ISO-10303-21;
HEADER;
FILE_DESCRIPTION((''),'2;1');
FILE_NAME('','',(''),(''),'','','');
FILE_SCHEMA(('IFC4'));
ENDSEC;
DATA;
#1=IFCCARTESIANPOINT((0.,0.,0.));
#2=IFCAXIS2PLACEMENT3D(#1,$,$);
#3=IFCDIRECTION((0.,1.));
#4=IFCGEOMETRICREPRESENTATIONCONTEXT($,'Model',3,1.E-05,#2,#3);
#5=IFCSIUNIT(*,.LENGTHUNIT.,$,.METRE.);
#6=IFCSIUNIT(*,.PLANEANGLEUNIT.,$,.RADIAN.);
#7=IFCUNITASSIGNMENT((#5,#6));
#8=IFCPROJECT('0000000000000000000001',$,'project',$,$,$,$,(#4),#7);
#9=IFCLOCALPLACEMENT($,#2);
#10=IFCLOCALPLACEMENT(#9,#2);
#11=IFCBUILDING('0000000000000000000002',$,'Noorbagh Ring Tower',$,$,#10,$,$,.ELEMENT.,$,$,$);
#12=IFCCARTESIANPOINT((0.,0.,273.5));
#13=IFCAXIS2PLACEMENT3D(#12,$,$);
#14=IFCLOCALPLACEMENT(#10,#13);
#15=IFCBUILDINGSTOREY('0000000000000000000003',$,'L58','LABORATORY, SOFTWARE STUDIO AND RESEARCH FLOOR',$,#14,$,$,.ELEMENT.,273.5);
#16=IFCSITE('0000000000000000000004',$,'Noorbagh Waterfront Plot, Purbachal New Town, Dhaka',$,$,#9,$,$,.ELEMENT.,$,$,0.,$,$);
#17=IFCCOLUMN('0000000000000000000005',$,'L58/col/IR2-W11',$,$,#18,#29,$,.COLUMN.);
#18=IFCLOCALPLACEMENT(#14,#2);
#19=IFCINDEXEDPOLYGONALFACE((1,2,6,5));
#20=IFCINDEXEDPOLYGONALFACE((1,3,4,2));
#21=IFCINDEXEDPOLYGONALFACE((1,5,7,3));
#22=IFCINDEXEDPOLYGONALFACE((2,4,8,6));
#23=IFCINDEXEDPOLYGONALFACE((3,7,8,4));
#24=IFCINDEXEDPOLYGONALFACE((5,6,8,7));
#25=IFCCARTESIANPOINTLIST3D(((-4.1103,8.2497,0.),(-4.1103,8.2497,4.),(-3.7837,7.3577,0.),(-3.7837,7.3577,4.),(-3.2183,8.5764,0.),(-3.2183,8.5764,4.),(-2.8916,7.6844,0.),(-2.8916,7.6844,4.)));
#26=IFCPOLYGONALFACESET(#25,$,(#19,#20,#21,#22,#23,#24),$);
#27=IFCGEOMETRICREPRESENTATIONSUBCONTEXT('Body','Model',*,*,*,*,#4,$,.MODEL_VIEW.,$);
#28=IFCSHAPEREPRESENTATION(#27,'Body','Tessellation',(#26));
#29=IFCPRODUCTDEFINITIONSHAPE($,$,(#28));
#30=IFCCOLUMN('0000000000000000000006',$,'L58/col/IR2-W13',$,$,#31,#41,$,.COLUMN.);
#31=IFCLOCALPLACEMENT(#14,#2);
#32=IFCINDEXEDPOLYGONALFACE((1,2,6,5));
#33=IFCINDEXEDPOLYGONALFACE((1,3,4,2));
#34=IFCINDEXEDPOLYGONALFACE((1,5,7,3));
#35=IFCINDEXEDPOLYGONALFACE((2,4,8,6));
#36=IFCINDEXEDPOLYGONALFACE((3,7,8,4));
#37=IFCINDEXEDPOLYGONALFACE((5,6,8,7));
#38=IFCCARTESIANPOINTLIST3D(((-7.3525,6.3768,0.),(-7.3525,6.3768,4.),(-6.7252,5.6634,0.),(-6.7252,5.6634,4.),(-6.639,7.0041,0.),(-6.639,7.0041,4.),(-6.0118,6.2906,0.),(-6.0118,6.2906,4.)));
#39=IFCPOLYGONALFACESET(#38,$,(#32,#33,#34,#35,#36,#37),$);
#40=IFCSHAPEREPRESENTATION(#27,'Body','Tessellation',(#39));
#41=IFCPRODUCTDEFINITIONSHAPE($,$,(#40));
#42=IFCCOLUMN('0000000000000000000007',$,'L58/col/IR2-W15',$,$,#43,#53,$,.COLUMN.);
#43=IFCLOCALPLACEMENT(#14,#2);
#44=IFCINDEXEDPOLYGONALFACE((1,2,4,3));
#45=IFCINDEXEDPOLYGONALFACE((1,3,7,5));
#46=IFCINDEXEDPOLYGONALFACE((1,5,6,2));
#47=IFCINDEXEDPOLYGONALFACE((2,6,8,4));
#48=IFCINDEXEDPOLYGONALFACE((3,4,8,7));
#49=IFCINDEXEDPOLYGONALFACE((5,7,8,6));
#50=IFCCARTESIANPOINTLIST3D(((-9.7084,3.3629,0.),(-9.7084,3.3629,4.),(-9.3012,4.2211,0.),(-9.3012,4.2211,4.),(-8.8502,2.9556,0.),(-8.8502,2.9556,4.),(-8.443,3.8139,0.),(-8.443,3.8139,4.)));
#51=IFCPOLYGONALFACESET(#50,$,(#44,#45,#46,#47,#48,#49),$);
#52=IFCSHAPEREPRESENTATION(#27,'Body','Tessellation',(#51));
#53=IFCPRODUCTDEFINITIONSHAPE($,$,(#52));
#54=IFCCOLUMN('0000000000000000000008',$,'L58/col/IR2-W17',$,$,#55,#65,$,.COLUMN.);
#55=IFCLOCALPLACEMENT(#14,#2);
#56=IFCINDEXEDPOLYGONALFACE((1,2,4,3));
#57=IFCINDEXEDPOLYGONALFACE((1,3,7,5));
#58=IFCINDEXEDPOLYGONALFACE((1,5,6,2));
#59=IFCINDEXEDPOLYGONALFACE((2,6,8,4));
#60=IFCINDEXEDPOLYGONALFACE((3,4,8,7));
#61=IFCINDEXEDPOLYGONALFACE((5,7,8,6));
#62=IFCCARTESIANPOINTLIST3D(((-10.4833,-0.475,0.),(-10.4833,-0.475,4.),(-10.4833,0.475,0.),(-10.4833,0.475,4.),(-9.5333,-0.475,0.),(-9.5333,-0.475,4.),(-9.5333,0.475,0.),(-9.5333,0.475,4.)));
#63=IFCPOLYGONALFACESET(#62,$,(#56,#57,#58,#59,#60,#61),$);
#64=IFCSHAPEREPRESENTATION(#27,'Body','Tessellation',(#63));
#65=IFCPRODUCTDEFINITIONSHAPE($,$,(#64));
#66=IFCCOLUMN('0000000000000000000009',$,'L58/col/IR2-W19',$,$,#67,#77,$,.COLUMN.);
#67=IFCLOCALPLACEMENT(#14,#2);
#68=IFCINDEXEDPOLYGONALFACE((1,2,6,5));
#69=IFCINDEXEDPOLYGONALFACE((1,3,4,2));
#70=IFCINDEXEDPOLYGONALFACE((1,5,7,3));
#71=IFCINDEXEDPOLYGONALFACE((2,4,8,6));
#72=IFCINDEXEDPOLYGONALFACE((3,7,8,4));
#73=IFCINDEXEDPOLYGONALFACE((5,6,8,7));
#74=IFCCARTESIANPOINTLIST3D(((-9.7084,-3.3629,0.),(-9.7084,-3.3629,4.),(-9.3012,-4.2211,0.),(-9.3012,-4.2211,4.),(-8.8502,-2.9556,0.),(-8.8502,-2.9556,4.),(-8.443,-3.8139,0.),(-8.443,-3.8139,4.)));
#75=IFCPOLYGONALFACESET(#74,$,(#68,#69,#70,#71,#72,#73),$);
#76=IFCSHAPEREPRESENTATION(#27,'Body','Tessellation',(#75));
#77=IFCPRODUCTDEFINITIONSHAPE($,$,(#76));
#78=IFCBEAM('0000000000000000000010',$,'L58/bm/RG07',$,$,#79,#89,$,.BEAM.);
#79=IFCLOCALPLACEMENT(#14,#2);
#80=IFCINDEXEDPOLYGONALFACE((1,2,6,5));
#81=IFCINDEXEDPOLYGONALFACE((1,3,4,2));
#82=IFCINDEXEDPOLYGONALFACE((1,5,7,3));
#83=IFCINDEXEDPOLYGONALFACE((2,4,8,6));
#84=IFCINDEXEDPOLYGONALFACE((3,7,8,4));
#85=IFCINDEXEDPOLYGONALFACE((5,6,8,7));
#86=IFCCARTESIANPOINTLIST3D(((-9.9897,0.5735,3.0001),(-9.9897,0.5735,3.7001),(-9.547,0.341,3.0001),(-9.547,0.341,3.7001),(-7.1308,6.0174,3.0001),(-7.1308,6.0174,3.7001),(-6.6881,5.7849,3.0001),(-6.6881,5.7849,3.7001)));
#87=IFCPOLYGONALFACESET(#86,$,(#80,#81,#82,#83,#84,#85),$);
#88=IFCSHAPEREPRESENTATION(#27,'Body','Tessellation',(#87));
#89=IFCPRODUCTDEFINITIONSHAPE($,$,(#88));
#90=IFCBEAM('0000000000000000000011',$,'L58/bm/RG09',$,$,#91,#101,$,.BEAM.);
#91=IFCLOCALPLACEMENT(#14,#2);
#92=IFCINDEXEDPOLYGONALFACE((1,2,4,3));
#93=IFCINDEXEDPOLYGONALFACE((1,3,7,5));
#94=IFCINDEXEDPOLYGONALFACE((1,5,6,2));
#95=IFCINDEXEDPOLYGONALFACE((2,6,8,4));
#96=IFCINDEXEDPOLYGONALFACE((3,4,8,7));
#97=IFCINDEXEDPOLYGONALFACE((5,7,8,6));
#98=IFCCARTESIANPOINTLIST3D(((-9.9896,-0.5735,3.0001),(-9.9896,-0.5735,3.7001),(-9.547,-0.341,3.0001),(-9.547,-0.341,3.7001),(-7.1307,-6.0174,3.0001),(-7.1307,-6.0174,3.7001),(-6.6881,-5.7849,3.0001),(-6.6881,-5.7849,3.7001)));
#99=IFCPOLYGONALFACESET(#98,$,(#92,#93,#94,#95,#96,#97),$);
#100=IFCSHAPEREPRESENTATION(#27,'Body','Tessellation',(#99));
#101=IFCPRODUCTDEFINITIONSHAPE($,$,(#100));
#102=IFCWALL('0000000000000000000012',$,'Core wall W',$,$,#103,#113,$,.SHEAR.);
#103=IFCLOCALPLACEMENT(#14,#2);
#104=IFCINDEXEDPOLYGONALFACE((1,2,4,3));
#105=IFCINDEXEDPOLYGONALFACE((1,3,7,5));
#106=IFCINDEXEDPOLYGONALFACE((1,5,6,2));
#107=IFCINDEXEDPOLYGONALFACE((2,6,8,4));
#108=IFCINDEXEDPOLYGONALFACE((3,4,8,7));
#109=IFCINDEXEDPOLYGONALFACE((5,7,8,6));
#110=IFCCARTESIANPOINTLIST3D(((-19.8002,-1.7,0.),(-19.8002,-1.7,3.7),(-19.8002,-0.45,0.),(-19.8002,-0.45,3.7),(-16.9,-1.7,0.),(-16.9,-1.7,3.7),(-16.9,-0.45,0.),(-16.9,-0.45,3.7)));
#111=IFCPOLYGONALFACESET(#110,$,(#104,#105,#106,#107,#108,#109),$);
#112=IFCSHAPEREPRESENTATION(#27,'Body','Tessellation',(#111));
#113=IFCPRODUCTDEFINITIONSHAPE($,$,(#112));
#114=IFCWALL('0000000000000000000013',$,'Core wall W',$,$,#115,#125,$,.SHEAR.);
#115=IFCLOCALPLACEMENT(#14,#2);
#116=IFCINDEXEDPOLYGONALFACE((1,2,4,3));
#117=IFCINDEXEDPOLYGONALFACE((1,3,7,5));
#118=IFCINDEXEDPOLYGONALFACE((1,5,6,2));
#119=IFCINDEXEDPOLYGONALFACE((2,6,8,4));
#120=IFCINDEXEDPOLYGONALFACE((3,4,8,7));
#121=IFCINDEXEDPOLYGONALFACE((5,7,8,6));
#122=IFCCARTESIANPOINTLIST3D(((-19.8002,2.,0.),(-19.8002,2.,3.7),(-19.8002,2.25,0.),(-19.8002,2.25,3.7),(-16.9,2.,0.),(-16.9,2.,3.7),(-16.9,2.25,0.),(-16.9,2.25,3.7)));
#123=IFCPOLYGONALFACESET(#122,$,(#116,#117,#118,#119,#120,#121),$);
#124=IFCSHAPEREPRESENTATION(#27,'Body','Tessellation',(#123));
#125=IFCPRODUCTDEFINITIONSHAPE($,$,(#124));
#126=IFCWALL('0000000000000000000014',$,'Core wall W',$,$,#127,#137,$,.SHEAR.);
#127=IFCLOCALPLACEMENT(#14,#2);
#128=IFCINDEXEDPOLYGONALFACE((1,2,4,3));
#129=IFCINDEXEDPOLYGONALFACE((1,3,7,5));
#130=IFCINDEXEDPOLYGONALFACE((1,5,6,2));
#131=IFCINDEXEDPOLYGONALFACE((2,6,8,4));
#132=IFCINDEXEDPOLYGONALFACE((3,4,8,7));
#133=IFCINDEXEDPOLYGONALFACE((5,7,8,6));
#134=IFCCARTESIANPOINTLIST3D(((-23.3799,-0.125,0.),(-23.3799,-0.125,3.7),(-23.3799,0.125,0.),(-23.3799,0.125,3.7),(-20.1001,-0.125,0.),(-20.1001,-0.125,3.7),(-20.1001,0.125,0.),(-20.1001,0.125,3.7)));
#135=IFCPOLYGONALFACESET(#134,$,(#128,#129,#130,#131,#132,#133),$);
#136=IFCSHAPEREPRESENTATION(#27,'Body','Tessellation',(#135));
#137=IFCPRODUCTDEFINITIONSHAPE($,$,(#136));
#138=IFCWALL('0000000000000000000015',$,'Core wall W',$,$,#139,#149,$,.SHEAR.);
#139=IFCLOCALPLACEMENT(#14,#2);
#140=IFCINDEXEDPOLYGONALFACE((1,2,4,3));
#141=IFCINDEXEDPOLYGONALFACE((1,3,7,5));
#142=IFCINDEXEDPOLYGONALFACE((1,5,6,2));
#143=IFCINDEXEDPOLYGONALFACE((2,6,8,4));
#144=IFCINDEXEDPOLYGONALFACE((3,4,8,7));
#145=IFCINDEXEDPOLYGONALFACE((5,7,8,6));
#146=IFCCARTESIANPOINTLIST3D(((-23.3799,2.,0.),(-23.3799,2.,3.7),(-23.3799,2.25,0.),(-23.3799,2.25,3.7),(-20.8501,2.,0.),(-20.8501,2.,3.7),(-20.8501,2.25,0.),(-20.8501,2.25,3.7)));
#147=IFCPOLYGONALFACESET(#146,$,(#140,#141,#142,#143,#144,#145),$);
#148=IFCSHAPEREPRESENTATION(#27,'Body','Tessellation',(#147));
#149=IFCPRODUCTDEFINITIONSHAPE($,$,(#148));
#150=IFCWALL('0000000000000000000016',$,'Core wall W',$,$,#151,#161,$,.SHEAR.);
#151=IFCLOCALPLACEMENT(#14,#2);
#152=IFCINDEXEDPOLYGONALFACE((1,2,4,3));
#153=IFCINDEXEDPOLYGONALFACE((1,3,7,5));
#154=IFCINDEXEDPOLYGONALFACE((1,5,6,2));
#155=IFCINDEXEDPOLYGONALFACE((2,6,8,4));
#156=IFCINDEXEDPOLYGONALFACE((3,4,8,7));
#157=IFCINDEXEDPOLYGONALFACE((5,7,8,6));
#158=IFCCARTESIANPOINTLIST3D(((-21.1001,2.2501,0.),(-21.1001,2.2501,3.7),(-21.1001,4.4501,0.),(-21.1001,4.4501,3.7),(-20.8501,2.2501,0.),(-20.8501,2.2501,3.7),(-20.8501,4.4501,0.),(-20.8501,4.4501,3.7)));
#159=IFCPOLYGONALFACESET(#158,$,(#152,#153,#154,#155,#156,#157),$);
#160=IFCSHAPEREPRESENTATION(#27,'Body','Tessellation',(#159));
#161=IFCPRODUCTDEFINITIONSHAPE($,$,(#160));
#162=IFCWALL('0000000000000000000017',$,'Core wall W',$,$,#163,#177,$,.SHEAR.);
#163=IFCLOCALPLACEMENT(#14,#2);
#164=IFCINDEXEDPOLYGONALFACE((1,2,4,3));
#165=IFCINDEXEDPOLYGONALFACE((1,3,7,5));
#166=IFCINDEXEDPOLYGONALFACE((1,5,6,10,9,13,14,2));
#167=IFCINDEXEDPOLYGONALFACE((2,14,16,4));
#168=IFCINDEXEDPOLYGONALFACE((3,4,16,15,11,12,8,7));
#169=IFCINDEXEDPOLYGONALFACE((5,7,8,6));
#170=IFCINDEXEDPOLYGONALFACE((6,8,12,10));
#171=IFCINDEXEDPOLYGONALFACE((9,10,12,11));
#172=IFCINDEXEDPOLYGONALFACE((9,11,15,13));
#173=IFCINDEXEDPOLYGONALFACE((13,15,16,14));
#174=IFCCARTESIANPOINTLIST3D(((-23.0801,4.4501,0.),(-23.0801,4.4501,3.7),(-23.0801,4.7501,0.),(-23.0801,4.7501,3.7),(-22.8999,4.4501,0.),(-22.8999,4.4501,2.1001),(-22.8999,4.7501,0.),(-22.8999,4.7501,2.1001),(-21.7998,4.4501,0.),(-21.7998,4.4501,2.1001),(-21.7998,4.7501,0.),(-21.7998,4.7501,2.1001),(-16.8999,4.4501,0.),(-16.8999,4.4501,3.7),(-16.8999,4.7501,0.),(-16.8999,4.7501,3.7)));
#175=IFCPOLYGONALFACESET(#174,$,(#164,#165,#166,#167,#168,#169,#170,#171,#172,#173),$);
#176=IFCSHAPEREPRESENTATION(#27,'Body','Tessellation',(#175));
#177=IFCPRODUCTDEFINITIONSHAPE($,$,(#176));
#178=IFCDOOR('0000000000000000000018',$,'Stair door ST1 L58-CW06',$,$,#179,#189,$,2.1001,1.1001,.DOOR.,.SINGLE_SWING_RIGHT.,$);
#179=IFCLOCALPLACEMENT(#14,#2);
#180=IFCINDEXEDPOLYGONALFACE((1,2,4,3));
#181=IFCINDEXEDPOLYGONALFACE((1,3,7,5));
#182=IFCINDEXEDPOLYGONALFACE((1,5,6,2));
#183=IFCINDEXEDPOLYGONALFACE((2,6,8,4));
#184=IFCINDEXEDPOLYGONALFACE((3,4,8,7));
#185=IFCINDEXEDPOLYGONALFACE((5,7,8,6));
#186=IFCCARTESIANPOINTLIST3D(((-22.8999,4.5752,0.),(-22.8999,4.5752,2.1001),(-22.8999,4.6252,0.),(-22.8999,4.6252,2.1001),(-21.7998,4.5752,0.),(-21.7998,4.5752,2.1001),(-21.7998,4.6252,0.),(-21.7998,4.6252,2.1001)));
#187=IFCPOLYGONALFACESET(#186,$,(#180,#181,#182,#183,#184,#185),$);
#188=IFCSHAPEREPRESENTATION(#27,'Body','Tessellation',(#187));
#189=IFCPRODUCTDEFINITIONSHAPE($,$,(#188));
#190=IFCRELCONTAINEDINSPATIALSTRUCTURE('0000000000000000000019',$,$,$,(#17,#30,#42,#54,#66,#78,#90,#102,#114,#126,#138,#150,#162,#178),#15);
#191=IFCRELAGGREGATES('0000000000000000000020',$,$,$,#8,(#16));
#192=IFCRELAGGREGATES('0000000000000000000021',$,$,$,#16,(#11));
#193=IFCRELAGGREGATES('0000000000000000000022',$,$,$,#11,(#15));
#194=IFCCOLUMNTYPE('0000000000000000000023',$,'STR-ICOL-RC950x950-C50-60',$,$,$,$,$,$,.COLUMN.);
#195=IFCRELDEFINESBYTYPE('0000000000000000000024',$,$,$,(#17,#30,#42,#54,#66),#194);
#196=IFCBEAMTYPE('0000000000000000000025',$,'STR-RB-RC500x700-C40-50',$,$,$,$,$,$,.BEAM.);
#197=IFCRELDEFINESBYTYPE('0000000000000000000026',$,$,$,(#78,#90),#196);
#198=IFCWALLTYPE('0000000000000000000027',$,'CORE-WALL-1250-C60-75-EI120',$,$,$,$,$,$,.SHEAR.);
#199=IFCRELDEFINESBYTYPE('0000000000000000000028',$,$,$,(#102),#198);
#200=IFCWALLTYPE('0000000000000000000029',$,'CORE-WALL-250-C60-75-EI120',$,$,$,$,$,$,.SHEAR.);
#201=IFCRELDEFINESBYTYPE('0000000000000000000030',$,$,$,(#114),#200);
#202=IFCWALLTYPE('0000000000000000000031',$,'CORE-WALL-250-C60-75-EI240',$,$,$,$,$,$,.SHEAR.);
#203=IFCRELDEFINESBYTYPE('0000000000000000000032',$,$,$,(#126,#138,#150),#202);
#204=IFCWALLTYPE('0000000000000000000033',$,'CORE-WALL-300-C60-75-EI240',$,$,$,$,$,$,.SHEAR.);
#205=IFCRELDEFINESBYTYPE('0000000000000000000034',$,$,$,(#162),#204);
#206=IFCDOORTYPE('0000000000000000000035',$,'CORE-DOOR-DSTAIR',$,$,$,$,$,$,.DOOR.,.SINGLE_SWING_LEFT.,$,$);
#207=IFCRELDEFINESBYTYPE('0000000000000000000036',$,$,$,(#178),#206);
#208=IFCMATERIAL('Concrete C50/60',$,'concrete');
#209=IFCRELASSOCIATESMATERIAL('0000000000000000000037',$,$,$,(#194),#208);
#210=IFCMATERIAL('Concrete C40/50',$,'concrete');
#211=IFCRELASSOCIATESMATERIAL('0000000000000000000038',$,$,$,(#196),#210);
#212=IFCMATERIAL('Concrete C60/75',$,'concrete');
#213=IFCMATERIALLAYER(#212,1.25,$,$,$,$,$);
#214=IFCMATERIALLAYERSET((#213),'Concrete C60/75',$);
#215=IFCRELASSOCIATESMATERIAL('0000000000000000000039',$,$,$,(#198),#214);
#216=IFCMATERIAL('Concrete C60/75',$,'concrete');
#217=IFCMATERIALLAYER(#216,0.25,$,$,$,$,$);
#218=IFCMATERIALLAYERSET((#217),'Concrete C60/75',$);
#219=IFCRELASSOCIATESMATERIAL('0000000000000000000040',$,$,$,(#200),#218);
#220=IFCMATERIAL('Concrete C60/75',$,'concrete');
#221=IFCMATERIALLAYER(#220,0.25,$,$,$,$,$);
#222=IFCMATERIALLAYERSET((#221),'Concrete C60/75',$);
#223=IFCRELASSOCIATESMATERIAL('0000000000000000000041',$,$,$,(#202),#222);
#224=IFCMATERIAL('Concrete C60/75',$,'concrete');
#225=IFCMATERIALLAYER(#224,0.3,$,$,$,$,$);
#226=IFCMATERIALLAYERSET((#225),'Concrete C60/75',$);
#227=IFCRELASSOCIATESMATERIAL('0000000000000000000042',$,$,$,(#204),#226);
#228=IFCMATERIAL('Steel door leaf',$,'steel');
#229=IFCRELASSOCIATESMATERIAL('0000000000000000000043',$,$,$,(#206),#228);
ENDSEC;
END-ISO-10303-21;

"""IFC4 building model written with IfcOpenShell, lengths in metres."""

from ifc_helpers import new_model, si_unit, direction, frame, frame_2d, origin, origin_2d, place, context, subcontext, project, spatial, rectangle, extrude, material, layer, layer_set, material_profile, profile_set, type_object, element, fill, save


model = new_model("IFC4")

# Units and contexts
model_context = context("Model", 3, precision=1e-05, world=origin(), true_north=direction((0.0, 1.0)))
body_context = subcontext(model_context, "Body", "Model", "MODEL_VIEW")
ifc_project = project(units=[si_unit("LENGTHUNIT", "METRE"), si_unit("PLANEANGLEUNIT", "RADIAN")], contexts=[model_context])

# Site, building, storey
site_placement = place(None, origin())
site = spatial("IfcSite", under=ifc_project, at=site_placement, Name="Noorbagh Waterfront Plot, Purbachal New Town, Dhaka", CompositionType="ELEMENT", RefElevation=0.0)
building_placement = place(site_placement, origin())
building = spatial("IfcBuilding", under=site, at=building_placement, Name="Noorbagh Ring Tower", CompositionType="ELEMENT")
storey_placement = place(building_placement, frame((0.0, 0.0, 273.5)))
storey = spatial("IfcBuildingStorey", under=building, at=storey_placement, Name="L58", Description="LABORATORY, SOFTWARE STUDIO AND RESEARCH FLOOR", CompositionType="ELEMENT", Elevation=273.5)

# Columns
ifc_material_1 = material(Name="Concrete C50/60", Category="concrete")
ifc_material_profile_1 = material_profile(ifc_material_1, rectangle(XDim=0.95, YDim=0.95, at=origin_2d()), Name="RC950x950")
ifc_profile_set_1 = profile_set([ifc_material_profile_1], Name="Concrete C50/60")
column_type = type_object("IfcColumnType", Name="STR-ICOL-RC950x950-C50-60", PredefinedType="COLUMN", material=ifc_profile_set_1)
for number, where, z_axis, x_axis, name in (
    (1, (-3.501, 7.967, 0.0), (0.0, 0.0, 1.0), (-0.93902, -0.343864, 0.0), "L58/col/IR2-W11"),
    (2, (-6.6821, 6.3337, 0.0), (0.0, 0.0, 1.0), (-0.751022, -0.660277, 0.0), "L58/col/IR2-W13"),
    (3, (-9.0757, 3.5884, 0.0), (0.0, 0.0, 1.0), (-0.428667, -0.903463, 0.0), "L58/col/IR2-W15"),
    (4, (-10.0083, 0.0, 0.0), (0.0, 0.0, 1.0), (0.0, -1.0, 0.0), "L58/col/IR2-W17"),
    (5, (-9.0757, -3.5884, 0.0), (0.0, 0.0, 1.0), (0.428667, -0.903463, 0.0), "L58/col/IR2-W19"),
):
    element("IfcColumn", number, at=place(storey_placement, frame(where, z_axis=z_axis, x_axis=x_axis)), inside=storey, type_object=column_type, Name=name, PredefinedType="COLUMN", context=body_context, shape_type="SweptSolid", body=[
        extrude(rectangle(XDim=0.95, YDim=0.95, at=origin_2d()), origin(), (0.0, 0.0, 1.0), 4.0),
    ])

# Beams
ifc_material_2 = material(Name="Concrete C40/50", Category="concrete")
ifc_material_profile_2 = material_profile(ifc_material_2, rectangle(XDim=0.5, YDim=0.7, at=origin_2d()), Name="RC500x700")
ifc_profile_set_2 = profile_set([ifc_material_profile_2], Name="Concrete C40/50")
beam_type = type_object("IfcBeamType", Name="STR-RB-RC500x700-C40-50", PredefinedType="BEAM", material=ifc_profile_set_2)
for number, where, z_axis, x_axis, name in (
    (6, (-6.9094, 5.9011, 3.3501), (-0.464944, -0.88534, 0.0), (0.88534, -0.464944, 0.0), "L58/bm/RG07"),
    (7, (-9.7683, -0.4573, 3.3501), (0.464944, -0.88534, 0.0), (0.88534, 0.464944, 0.0), "L58/bm/RG09"),
):
    element("IfcBeam", number, at=place(storey_placement, frame(where, z_axis=z_axis, x_axis=x_axis)), inside=storey, type_object=beam_type, Name=name, PredefinedType="BEAM", context=body_context, shape_type="SweptSolid", body=[
        extrude(rectangle(XDim=0.5, YDim=0.7, at=origin_2d()), origin(), (0.0, 0.0, 1.0), 6.1489),
    ])

# Walls
ifc_material_3 = material(Name="Concrete C60/75", Category="concrete")
ifc_layer_1 = layer(ifc_material_3, 1.25)
ifc_layer_set_1 = layer_set([ifc_layer_1], Name="Concrete C60/75")
wall_type_1 = type_object("IfcWallType", Name="CORE-WALL-1250-C60-75-EI120", PredefinedType="SHEAR", material=ifc_layer_set_1)
wall_1_placement = place(storey_placement, frame((-16.8999, -1.075, 0.0), z_axis=(0.0, 0.0, 1.0), x_axis=(-1.0, 0.0, 0.0)))
element("IfcWall", 8, at=wall_1_placement, inside=storey, type_object=wall_type_1, Name="Core wall W", PredefinedType="SHEAR", context=body_context, shape_type="SweptSolid", body=[
    extrude(rectangle(XDim=2.9001, YDim=1.25, at=frame_2d((1.4502, 0.0))), origin(), (0.0, 0.0, 1.0), 3.7),
])
ifc_material_4 = material(Name="Concrete C60/75", Category="concrete")
ifc_layer_2 = layer(ifc_material_4, 0.25)
ifc_layer_set_2 = layer_set([ifc_layer_2], Name="Concrete C60/75")
wall_type_2 = type_object("IfcWallType", Name="CORE-WALL-250-C60-75-EI120", PredefinedType="SHEAR", material=ifc_layer_set_2)
wall_2_placement = place(storey_placement, frame((-16.8999, 2.125, 0.0), z_axis=(0.0, 0.0, 1.0), x_axis=(-1.0, 0.0, 0.0)))
element("IfcWall", 9, at=wall_2_placement, inside=storey, type_object=wall_type_2, Name="Core wall W", PredefinedType="SHEAR", context=body_context, shape_type="SweptSolid", body=[
    extrude(rectangle(XDim=2.9001, YDim=0.25, at=frame_2d((1.4502, 0.0))), origin(), (0.0, 0.0, 1.0), 3.7),
])
ifc_material_5 = material(Name="Concrete C60/75", Category="concrete")
ifc_layer_3 = layer(ifc_material_5, 0.25)
ifc_layer_set_3 = layer_set([ifc_layer_3], Name="Concrete C60/75")
wall_type_3 = type_object("IfcWallType", Name="CORE-WALL-250-C60-75-EI240", PredefinedType="SHEAR", material=ifc_layer_set_3)
wall_3_placement = place(storey_placement, frame((-20.1001, 0.0, 0.0), z_axis=(0.0, 0.0, 1.0), x_axis=(-1.0, 0.0, 0.0)))
element("IfcWall", 10, at=wall_3_placement, inside=storey, type_object=wall_type_3, Name="Core wall W", PredefinedType="SHEAR", context=body_context, shape_type="SweptSolid", body=[
    extrude(rectangle(XDim=3.2798, YDim=0.25, at=frame_2d((1.6399, 0.0))), origin(), (0.0, 0.0, 1.0), 3.7),
])
wall_4_placement = place(storey_placement, frame((-20.8501, 2.125, 0.0), z_axis=(0.0, 0.0, 1.0), x_axis=(-1.0, 0.0, 0.0)))
element("IfcWall", 11, at=wall_4_placement, inside=storey, type_object=wall_type_3, Name="Core wall W", PredefinedType="SHEAR", context=body_context, shape_type="SweptSolid", body=[
    extrude(rectangle(XDim=2.5298, YDim=0.25, at=frame_2d((1.2649, 0.0))), origin(), (0.0, 0.0, 1.0), 3.7),
])
wall_5_placement = place(storey_placement, frame((-20.9751, 2.25, 0.0), z_axis=(0.0, 0.0, 1.0), x_axis=(0.0, 1.0, 0.0)))
element("IfcWall", 12, at=wall_5_placement, inside=storey, type_object=wall_type_3, Name="Core wall W", PredefinedType="SHEAR", context=body_context, shape_type="SweptSolid", body=[
    extrude(rectangle(XDim=2.2, YDim=0.25, at=frame_2d((1.1001, 0.0))), origin(), (0.0, 0.0, 1.0), 3.7),
])

# Wall, opening, door
ifc_material_6 = material(Name="Concrete C60/75", Category="concrete")
ifc_layer_4 = layer(ifc_material_6, 0.3)
ifc_layer_set_4 = layer_set([ifc_layer_4], Name="Concrete C60/75")
wall_type_4 = type_object("IfcWallType", Name="CORE-WALL-300-C60-75-EI240", PredefinedType="SHEAR", material=ifc_layer_set_4)
wall_6_placement = place(storey_placement, frame((-16.8999, 4.6001, 0.0), z_axis=(0.0, 0.0, 1.0), x_axis=(-1.0, 0.0, 0.0)))
wall_6 = element("IfcWall", 13, at=wall_6_placement, inside=storey, type_object=wall_type_4, Name="Core wall W", PredefinedType="SHEAR", context=body_context, shape_type="SweptSolid", body=[
    extrude(rectangle(XDim=6.1802, YDim=0.3, at=frame_2d((3.0901, 0.0))), origin(), (0.0, 0.0, 1.0), 3.7),
])
opening_1_placement = place(wall_6_placement, frame((4.8999, 0.0, 0.0)))
opening_1 = element("IfcOpeningElement", 14, at=opening_1_placement, cuts=wall_6, PredefinedType="OPENING", context=body_context, shape_type="SweptSolid", body=[
    extrude(rectangle(XDim=1.1001, YDim=2.1001, at=frame_2d((0.55, 1.05))), frame((0.0, 0.1602, 0.0), z_axis=(0.0, -1.0, 0.0), x_axis=(1.0, 0.0, 0.0)), (0.0, 0.0, 1.0), 0.3201),
])
ifc_material_7 = material(Name="Steel door leaf", Category="steel")
door_type_1 = type_object("IfcDoorType", Name="CORE-DOOR-DSTAIR", OperationType="SINGLE_SWING_LEFT", PredefinedType="DOOR", material=ifc_material_7)
door_1_placement = place(opening_1_placement, origin())
door_1 = element("IfcDoor", 15, at=door_1_placement, inside=storey, type_object=door_type_1, Name="Stair door ST1 L58-CW06", OperationType="SINGLE_SWING_RIGHT", OverallHeight=2.1001, OverallWidth=1.1001, PredefinedType="DOOR", context=body_context, shape_type="SweptSolid", body=[
    extrude(rectangle(XDim=1.1001, YDim=2.1001, at=frame_2d((0.55, 1.05))), frame((0.0, 0.0249, 0.0), z_axis=(0.0, -1.0, 0.0), x_axis=(1.0, 0.0, 0.0)), (0.0, 0.0, 1.0), 0.05),
])
fill(opening_1, door_1)

save(model, "model.ifc")
